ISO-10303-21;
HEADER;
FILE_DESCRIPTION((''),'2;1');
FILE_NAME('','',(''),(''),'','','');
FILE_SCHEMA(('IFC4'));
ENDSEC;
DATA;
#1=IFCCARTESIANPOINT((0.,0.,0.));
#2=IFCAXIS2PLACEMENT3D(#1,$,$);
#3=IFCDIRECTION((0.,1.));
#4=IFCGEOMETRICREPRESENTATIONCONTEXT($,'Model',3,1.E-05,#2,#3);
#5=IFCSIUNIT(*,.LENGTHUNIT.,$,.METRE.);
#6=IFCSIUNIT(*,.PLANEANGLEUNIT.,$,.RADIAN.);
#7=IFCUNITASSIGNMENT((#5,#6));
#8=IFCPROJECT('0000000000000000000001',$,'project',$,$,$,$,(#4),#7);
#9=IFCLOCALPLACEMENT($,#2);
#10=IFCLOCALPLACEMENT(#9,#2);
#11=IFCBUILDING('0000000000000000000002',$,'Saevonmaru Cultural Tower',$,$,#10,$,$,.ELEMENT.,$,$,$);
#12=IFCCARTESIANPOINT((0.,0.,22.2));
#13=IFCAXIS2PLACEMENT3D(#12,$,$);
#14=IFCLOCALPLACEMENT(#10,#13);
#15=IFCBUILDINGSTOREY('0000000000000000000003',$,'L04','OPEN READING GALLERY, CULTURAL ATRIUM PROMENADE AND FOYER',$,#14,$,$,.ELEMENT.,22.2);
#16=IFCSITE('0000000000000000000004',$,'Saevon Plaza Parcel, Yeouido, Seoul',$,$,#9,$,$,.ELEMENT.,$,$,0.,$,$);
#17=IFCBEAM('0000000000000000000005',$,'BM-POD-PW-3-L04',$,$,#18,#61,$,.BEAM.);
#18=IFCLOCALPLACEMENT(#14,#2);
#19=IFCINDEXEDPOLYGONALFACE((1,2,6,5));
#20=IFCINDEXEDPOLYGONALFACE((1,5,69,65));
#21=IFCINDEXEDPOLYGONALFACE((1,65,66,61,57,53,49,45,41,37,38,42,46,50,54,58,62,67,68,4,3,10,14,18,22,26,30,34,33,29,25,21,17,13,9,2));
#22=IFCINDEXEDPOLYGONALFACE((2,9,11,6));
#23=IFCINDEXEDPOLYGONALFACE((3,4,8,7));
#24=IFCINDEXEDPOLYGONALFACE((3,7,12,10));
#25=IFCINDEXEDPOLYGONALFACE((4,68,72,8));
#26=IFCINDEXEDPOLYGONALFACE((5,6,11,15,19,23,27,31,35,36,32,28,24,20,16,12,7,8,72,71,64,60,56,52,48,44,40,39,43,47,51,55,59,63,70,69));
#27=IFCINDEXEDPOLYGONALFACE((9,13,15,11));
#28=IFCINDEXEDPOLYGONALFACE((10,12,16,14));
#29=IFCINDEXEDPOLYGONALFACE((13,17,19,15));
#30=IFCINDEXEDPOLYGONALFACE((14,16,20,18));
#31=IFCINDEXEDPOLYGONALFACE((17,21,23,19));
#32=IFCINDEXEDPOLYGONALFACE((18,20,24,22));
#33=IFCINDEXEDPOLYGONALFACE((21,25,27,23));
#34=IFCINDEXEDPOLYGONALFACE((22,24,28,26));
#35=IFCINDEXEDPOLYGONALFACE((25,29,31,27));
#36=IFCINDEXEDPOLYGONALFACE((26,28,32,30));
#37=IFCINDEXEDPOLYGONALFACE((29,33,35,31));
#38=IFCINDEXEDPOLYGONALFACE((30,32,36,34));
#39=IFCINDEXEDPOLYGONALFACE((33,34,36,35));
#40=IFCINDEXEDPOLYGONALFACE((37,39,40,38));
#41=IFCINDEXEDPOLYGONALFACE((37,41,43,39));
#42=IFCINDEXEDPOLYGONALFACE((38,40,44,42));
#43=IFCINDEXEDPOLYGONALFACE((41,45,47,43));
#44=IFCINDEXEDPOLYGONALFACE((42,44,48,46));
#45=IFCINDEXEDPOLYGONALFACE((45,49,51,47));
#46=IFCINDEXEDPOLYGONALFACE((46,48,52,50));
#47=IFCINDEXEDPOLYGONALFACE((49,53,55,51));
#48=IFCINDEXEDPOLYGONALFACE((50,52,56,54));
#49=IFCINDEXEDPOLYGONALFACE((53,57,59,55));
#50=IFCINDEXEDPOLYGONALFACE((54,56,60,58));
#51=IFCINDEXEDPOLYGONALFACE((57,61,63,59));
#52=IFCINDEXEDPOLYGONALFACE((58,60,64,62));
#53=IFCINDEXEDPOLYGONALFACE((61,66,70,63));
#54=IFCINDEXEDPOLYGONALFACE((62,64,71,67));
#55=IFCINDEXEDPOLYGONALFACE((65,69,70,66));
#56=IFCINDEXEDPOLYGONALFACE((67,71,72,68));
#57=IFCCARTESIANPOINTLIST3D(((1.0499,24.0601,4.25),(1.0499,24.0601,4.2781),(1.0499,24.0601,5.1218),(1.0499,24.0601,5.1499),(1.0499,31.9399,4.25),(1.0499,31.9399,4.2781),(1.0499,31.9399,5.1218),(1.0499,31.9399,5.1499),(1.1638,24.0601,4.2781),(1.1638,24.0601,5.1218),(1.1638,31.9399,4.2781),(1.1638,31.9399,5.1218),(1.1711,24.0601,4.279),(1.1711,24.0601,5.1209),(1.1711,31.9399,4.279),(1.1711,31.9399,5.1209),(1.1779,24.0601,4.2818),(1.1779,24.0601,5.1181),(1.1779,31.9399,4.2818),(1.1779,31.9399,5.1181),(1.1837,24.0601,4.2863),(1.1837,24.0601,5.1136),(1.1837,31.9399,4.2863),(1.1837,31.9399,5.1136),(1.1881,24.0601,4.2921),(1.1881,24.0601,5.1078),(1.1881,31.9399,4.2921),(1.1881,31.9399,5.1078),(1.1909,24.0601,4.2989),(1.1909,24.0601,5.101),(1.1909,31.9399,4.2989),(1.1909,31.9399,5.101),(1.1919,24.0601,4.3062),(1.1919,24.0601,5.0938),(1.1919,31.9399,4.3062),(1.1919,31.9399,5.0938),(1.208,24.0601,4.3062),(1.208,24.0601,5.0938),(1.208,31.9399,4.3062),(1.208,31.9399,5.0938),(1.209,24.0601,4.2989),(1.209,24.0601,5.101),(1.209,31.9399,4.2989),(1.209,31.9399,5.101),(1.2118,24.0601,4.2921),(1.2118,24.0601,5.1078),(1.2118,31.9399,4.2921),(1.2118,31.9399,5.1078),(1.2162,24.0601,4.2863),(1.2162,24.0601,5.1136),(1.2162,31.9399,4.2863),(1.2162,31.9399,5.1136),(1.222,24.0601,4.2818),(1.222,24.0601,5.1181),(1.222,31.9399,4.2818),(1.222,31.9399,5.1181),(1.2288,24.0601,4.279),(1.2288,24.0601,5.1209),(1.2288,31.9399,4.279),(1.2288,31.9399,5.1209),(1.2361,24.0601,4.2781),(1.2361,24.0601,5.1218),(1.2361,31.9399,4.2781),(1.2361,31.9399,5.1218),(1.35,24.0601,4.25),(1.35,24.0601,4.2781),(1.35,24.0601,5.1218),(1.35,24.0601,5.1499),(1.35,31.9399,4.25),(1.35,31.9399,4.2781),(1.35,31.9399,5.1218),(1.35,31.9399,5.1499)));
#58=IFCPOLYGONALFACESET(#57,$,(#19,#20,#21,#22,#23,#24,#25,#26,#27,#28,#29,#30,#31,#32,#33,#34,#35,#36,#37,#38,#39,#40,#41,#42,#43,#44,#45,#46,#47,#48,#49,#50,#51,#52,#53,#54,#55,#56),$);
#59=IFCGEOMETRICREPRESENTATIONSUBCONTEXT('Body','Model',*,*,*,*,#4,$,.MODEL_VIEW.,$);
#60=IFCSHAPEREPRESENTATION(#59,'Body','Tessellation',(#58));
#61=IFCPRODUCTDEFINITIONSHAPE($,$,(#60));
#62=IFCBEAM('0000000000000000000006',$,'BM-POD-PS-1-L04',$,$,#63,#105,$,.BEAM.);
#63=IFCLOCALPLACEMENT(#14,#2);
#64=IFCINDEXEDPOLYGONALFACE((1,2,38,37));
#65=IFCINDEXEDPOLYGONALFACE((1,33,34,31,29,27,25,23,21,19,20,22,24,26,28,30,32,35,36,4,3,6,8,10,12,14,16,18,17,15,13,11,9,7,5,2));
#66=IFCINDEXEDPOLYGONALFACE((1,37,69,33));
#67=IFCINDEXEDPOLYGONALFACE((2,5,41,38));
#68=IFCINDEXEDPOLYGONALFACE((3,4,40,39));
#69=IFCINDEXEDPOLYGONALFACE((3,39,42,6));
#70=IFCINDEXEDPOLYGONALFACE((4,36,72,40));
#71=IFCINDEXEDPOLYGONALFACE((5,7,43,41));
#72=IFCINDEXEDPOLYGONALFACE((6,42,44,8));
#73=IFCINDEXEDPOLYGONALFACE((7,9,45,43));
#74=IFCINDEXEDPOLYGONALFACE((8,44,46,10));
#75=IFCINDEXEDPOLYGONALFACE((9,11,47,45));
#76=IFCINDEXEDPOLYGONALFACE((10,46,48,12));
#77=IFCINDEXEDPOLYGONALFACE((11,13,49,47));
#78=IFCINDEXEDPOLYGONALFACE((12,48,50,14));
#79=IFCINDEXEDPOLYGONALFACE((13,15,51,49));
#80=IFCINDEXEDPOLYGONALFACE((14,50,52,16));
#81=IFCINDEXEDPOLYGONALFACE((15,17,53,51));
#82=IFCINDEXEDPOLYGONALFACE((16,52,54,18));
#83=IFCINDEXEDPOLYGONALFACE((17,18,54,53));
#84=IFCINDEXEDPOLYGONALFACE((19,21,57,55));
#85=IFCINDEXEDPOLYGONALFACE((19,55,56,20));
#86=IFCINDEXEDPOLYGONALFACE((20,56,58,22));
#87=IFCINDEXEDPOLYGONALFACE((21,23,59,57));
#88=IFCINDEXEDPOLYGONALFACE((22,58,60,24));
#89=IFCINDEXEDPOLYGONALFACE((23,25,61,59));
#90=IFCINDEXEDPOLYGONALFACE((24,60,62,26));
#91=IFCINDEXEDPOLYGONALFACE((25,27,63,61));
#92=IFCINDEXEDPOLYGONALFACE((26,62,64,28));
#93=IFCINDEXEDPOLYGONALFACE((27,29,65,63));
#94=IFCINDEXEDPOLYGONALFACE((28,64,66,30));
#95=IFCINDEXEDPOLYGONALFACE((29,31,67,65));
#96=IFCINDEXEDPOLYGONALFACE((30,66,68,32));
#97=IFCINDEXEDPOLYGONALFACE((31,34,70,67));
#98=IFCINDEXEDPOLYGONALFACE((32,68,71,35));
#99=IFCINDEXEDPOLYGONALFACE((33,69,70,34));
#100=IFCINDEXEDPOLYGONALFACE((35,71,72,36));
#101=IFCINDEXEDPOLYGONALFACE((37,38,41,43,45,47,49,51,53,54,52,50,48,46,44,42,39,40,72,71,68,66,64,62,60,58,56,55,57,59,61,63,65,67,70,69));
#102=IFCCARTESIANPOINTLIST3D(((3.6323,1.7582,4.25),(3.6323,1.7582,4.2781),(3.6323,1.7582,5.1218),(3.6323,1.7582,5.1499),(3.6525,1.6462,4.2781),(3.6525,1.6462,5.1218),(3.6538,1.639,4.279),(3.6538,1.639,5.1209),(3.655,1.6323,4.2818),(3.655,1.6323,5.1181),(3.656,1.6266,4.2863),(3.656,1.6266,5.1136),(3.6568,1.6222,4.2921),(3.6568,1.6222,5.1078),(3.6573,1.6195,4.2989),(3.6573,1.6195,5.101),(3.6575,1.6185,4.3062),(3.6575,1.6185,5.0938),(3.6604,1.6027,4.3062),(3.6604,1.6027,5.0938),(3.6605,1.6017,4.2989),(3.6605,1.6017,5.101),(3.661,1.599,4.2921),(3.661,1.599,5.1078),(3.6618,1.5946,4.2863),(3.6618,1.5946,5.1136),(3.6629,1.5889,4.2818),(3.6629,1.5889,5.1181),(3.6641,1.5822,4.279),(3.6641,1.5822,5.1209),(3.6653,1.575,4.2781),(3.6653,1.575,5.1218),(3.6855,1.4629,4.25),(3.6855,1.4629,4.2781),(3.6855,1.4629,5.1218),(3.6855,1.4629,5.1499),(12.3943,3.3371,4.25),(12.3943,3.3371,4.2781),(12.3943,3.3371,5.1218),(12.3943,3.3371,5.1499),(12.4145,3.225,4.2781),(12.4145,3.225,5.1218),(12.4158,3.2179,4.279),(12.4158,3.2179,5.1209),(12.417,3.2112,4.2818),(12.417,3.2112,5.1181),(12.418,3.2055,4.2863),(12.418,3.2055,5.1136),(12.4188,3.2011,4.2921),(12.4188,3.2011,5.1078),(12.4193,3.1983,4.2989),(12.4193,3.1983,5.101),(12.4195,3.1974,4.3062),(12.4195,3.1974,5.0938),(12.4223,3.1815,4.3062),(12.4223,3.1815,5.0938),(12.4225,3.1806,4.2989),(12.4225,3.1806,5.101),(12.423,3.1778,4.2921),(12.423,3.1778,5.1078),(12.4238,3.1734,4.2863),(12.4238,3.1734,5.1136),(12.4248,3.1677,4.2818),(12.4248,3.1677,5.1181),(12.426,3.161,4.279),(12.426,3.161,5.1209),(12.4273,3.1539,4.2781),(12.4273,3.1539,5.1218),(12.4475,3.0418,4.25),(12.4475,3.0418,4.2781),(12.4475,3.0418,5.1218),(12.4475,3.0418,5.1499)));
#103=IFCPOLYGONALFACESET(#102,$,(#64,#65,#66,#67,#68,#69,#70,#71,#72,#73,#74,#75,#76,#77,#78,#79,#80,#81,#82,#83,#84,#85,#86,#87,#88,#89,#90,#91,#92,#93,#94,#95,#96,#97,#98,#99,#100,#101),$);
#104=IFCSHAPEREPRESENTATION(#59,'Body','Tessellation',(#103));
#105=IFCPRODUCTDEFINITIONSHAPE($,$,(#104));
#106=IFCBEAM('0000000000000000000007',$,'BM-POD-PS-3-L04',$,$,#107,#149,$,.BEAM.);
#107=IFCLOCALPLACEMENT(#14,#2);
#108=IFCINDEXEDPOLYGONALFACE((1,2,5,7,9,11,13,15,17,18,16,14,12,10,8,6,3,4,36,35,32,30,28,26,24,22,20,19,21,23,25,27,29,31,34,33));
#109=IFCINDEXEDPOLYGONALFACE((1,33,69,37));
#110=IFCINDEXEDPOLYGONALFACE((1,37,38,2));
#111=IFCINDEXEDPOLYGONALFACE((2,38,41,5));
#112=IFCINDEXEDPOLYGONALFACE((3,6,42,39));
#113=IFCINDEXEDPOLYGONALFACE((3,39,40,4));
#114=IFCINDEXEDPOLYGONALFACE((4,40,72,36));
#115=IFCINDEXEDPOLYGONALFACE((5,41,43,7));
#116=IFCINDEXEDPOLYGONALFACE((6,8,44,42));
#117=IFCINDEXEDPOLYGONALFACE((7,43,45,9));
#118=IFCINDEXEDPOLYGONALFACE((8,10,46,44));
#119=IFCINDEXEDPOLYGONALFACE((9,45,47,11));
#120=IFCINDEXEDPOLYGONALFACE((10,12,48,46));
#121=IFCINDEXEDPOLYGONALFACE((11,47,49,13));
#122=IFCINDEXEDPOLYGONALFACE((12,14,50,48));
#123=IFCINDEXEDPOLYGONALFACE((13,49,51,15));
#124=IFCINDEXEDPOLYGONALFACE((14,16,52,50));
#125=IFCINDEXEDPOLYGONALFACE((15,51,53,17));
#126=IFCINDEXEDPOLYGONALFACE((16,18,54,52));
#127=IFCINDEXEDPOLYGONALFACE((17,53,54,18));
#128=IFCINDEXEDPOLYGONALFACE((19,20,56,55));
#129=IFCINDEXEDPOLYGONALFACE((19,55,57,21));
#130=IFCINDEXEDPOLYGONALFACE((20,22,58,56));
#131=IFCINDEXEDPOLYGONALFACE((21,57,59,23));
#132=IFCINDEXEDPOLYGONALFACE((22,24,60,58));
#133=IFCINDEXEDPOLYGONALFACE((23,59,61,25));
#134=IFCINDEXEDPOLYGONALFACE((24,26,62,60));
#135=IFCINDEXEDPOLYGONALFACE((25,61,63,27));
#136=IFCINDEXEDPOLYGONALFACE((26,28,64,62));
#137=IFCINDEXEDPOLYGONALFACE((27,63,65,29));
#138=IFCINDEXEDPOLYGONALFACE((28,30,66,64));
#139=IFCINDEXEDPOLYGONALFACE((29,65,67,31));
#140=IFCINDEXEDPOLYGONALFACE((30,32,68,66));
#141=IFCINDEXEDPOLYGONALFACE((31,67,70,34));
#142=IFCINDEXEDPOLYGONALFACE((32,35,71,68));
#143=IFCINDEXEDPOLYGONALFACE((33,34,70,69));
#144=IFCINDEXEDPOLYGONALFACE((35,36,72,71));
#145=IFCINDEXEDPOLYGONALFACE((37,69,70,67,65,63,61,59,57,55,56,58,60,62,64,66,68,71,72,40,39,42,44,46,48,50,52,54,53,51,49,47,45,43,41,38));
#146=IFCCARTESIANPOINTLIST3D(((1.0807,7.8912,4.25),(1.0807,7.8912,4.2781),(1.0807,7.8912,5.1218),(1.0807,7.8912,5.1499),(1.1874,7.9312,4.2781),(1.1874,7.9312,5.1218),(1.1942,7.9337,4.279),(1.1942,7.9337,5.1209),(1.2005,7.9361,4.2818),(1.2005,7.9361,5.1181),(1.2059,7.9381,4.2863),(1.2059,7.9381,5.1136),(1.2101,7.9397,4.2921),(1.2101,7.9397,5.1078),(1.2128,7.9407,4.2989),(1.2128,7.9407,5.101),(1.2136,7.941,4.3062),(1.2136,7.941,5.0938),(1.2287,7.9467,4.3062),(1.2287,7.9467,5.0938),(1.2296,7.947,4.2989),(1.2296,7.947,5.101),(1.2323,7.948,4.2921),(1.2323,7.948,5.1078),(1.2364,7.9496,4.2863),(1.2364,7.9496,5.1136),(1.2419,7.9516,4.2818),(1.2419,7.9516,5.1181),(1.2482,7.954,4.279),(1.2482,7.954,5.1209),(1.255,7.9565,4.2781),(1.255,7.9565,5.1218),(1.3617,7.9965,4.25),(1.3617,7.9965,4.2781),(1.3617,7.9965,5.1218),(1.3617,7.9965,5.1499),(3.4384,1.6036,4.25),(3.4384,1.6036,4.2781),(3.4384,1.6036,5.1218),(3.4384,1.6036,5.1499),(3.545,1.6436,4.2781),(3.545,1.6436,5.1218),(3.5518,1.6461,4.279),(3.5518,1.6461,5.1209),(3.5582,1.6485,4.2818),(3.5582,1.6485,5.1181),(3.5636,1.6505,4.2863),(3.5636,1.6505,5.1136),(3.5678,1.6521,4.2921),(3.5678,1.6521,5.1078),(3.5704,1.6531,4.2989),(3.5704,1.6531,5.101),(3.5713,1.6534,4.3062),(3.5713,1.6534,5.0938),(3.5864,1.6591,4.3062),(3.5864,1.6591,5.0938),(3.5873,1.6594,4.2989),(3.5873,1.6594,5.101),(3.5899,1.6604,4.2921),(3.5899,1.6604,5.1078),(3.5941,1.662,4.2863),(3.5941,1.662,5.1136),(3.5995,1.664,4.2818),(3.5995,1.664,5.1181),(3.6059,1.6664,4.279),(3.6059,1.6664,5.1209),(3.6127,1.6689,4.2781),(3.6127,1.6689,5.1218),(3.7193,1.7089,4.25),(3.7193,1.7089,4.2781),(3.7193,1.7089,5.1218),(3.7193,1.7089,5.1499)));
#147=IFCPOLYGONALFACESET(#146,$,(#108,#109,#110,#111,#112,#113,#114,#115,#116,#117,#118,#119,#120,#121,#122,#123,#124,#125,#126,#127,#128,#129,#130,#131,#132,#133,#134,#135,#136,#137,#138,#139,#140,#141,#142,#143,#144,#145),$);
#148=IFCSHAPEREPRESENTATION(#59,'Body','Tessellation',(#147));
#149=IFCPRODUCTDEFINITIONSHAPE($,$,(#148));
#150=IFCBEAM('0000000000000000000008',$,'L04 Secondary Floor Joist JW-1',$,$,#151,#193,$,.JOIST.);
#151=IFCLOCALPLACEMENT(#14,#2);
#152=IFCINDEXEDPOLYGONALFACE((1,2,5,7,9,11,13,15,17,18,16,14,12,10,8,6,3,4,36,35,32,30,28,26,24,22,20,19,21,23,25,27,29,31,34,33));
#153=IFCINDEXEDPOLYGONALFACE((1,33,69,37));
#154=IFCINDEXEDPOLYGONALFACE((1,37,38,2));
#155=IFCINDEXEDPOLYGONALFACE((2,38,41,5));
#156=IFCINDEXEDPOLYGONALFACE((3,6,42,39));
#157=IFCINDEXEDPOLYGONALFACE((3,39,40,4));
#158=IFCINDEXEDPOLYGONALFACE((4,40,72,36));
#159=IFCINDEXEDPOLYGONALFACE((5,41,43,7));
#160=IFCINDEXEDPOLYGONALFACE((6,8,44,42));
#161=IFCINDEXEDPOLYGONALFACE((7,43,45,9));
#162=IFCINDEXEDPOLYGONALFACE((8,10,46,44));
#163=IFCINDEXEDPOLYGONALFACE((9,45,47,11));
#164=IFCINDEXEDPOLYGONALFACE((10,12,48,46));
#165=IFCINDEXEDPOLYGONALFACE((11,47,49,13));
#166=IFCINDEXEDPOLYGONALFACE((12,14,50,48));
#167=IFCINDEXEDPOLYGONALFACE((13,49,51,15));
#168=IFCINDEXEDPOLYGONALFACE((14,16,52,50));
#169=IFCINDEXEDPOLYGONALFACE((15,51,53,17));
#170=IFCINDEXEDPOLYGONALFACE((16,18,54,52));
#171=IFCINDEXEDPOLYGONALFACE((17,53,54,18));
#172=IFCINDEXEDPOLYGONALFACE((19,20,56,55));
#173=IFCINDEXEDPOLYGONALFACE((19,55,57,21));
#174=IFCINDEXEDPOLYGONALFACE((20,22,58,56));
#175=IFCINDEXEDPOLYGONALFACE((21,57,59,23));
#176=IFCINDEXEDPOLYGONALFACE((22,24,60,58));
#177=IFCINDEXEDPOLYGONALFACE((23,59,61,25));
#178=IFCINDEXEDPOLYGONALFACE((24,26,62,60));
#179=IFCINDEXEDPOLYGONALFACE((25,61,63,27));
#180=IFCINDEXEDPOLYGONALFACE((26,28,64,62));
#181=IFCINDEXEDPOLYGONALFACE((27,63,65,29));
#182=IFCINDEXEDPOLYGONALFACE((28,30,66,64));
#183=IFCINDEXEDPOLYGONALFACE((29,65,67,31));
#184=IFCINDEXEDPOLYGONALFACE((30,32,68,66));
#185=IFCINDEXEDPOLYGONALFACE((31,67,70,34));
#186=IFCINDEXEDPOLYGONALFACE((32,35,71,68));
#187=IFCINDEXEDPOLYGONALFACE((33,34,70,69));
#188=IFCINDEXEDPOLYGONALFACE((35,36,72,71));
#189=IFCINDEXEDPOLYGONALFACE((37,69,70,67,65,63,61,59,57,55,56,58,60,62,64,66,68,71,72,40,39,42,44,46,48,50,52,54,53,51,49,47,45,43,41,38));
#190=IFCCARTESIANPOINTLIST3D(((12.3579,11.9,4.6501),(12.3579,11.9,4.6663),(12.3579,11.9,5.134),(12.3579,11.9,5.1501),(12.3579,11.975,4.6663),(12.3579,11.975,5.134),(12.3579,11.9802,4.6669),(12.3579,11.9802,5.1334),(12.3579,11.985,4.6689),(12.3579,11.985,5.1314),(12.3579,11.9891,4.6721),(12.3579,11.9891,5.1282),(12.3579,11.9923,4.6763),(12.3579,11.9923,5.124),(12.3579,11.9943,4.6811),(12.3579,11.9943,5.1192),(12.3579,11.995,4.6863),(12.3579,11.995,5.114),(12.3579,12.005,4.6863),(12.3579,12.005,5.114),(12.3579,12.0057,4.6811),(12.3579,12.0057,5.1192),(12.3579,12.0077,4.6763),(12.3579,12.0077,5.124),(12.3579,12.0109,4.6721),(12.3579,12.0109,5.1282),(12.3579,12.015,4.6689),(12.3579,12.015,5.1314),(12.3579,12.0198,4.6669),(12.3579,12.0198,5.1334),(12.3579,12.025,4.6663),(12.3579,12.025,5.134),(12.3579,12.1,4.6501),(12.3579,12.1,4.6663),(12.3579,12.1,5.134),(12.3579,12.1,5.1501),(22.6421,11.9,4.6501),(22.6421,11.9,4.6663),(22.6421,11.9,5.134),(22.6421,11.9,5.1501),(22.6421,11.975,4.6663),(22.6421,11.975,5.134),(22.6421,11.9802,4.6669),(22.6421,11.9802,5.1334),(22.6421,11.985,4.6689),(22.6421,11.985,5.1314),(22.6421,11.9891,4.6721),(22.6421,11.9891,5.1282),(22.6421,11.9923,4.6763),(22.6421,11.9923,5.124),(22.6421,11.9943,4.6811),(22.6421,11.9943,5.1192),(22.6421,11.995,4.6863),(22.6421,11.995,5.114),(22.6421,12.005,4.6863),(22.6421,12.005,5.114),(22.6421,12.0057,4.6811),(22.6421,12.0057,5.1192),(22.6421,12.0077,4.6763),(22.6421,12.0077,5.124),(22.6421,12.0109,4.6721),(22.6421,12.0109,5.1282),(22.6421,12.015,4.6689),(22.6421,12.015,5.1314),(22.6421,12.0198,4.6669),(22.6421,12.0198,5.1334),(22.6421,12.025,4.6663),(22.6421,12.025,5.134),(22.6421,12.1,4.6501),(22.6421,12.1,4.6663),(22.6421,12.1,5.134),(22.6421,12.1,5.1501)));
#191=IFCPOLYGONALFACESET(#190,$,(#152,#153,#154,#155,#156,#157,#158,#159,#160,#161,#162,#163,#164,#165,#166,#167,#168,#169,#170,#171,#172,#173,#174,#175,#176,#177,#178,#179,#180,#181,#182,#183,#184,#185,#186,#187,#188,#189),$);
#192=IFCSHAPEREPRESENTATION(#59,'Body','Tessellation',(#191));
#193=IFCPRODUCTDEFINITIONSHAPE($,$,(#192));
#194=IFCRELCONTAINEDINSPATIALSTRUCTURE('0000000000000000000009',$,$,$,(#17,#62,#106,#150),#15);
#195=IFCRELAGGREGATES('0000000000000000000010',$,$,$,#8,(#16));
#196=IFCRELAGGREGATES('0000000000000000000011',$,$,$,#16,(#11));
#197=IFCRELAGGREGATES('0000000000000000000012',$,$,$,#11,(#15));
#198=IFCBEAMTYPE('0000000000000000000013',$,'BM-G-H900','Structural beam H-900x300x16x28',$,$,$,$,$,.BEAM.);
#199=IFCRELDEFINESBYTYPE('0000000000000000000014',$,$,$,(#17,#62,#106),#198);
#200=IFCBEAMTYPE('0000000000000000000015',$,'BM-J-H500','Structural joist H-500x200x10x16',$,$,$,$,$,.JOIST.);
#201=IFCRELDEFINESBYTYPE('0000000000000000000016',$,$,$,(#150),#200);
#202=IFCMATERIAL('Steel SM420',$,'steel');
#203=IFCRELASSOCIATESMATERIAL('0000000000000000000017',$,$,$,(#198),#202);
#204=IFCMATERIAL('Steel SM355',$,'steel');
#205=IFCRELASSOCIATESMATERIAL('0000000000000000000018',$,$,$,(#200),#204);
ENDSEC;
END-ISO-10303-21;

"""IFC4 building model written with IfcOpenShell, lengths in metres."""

from ifc_helpers import new_model, si_unit, direction, frame, origin, origin_2d, place, context, subcontext, project, spatial, i_section, extrude, material, material_profile, profile_set, type_object, element, save


model = new_model("IFC4")

# Units and contexts
model_context = context("Model", 3, precision=1e-05, world=origin(), true_north=direction((0.0, 1.0)))
body_context = subcontext(model_context, "Body", "Model", "MODEL_VIEW")
ifc_project = project(units=[si_unit("LENGTHUNIT", "METRE"), si_unit("PLANEANGLEUNIT", "RADIAN")], contexts=[model_context])

# Site, building, storey
site_placement = place(None, origin())
site = spatial("IfcSite", under=ifc_project, at=site_placement, Name="Saevon Plaza Parcel, Yeouido, Seoul", CompositionType="ELEMENT", RefElevation=0.0)
building_placement = place(site_placement, origin())
building = spatial("IfcBuilding", under=site, at=building_placement, Name="Saevonmaru Cultural Tower", CompositionType="ELEMENT")
storey_placement = place(building_placement, frame((0.0, 0.0, 22.2)))
storey = spatial("IfcBuildingStorey", under=building, at=storey_placement, Name="L04", Description="OPEN READING GALLERY, CULTURAL ATRIUM PROMENADE AND FOYER", CompositionType="ELEMENT", Elevation=22.2)

# Shared definitions
ifc_material_1 = material(Name="Steel SM355", Category="steel")
ifc_material_2 = material(Name="Steel SM420", Category="steel")

# Beams
ifc_material_profile_1 = material_profile(ifc_material_2, i_section(OverallWidth=0.3, OverallDepth=0.8999, WebThickness=0.0161, FlangeThickness=0.0281, FilletRadius=0.0281, at=origin_2d()), Name="H-900x300x16x28")
ifc_profile_set_1 = profile_set([ifc_material_profile_1], Name="Steel SM420")
beam_type_1 = type_object("IfcBeamType", Name="BM-G-H900", Description="Structural beam H-900x300x16x28", PredefinedType="BEAM", material=ifc_profile_set_1)
for number, where, z_axis, x_axis, name in (
    (1, (1.2, 24.0601, 4.7), (0.0, 1.0, 0.0), (-1.0, 0.0, 0.0), "BM-POD-PW-3-L04"),
):
    element("IfcBeam", number, at=place(storey_placement, frame(where, z_axis=z_axis, x_axis=x_axis)), inside=storey, type_object=beam_type_1, Name=name, PredefinedType="BEAM", context=body_context, shape_type="SweptSolid", body=[
        extrude(i_section(OverallWidth=0.3, OverallDepth=0.8999, WebThickness=0.0161, FlangeThickness=0.0281, FilletRadius=0.0281, at=origin_2d()), origin(), (0.0, 0.0, 1.0), 7.8799),
    ])
beam_1_placement = place(storey_placement, frame((3.6589, 1.6106, 4.7), z_axis=(0.98415, 0.177338, 0.0), x_axis=(-0.177338, 0.98415, 0.0)))
element("IfcBeam", 2, at=beam_1_placement, inside=storey, type_object=beam_type_1, Name="BM-POD-PS-1-L04", PredefinedType="BEAM", context=body_context, shape_type="SweptSolid", body=[
    extrude(i_section(OverallWidth=0.3, OverallDepth=0.8999, WebThickness=0.0161, FlangeThickness=0.0281, FilletRadius=0.0281, at=origin_2d()), origin(), (0.0, 0.0, 1.0), 8.9031),
])
beam_2_placement = place(storey_placement, frame((3.5789, 1.6562, 4.7), z_axis=(-0.3511, 0.936338, 0.0), x_axis=(-0.936338, -0.3511, 0.0)))
element("IfcBeam", 3, at=beam_2_placement, inside=storey, type_object=beam_type_1, Name="BM-POD-PS-3-L04", PredefinedType="BEAM", context=body_context, shape_type="SweptSolid", body=[
    extrude(i_section(OverallWidth=0.3, OverallDepth=0.8999, WebThickness=0.0161, FlangeThickness=0.0281, FilletRadius=0.0281, at=origin_2d()), origin(), (0.0, 0.0, 1.0), 6.7151),
])
ifc_material_profile_2 = material_profile(ifc_material_1, i_section(OverallWidth=0.2, OverallDepth=0.5, WebThickness=0.01, FlangeThickness=0.0161, FilletRadius=0.02, at=origin_2d()), Name="H-500x200x10x16")
ifc_profile_set_2 = profile_set([ifc_material_profile_2], Name="Steel SM355")
beam_type_2 = type_object("IfcBeamType", Name="BM-J-H500", Description="Structural joist H-500x200x10x16", PredefinedType="JOIST", material=ifc_profile_set_2)
beam_3_placement = place(storey_placement, frame((12.3579, 12.0, 4.9001), z_axis=(1.0, 0.0, 0.0), x_axis=(0.0, 1.0, 0.0)))
element("IfcBeam", 4, at=beam_3_placement, inside=storey, type_object=beam_type_2, Name="L04 Secondary Floor Joist JW-1", PredefinedType="JOIST", context=body_context, shape_type="SweptSolid", body=[
    extrude(i_section(OverallWidth=0.2, OverallDepth=0.5, WebThickness=0.01, FlangeThickness=0.0161, FilletRadius=0.02, at=origin_2d()), origin(), (0.0, 0.0, 1.0), 10.2842),
])

save(model, "model.ifc")
